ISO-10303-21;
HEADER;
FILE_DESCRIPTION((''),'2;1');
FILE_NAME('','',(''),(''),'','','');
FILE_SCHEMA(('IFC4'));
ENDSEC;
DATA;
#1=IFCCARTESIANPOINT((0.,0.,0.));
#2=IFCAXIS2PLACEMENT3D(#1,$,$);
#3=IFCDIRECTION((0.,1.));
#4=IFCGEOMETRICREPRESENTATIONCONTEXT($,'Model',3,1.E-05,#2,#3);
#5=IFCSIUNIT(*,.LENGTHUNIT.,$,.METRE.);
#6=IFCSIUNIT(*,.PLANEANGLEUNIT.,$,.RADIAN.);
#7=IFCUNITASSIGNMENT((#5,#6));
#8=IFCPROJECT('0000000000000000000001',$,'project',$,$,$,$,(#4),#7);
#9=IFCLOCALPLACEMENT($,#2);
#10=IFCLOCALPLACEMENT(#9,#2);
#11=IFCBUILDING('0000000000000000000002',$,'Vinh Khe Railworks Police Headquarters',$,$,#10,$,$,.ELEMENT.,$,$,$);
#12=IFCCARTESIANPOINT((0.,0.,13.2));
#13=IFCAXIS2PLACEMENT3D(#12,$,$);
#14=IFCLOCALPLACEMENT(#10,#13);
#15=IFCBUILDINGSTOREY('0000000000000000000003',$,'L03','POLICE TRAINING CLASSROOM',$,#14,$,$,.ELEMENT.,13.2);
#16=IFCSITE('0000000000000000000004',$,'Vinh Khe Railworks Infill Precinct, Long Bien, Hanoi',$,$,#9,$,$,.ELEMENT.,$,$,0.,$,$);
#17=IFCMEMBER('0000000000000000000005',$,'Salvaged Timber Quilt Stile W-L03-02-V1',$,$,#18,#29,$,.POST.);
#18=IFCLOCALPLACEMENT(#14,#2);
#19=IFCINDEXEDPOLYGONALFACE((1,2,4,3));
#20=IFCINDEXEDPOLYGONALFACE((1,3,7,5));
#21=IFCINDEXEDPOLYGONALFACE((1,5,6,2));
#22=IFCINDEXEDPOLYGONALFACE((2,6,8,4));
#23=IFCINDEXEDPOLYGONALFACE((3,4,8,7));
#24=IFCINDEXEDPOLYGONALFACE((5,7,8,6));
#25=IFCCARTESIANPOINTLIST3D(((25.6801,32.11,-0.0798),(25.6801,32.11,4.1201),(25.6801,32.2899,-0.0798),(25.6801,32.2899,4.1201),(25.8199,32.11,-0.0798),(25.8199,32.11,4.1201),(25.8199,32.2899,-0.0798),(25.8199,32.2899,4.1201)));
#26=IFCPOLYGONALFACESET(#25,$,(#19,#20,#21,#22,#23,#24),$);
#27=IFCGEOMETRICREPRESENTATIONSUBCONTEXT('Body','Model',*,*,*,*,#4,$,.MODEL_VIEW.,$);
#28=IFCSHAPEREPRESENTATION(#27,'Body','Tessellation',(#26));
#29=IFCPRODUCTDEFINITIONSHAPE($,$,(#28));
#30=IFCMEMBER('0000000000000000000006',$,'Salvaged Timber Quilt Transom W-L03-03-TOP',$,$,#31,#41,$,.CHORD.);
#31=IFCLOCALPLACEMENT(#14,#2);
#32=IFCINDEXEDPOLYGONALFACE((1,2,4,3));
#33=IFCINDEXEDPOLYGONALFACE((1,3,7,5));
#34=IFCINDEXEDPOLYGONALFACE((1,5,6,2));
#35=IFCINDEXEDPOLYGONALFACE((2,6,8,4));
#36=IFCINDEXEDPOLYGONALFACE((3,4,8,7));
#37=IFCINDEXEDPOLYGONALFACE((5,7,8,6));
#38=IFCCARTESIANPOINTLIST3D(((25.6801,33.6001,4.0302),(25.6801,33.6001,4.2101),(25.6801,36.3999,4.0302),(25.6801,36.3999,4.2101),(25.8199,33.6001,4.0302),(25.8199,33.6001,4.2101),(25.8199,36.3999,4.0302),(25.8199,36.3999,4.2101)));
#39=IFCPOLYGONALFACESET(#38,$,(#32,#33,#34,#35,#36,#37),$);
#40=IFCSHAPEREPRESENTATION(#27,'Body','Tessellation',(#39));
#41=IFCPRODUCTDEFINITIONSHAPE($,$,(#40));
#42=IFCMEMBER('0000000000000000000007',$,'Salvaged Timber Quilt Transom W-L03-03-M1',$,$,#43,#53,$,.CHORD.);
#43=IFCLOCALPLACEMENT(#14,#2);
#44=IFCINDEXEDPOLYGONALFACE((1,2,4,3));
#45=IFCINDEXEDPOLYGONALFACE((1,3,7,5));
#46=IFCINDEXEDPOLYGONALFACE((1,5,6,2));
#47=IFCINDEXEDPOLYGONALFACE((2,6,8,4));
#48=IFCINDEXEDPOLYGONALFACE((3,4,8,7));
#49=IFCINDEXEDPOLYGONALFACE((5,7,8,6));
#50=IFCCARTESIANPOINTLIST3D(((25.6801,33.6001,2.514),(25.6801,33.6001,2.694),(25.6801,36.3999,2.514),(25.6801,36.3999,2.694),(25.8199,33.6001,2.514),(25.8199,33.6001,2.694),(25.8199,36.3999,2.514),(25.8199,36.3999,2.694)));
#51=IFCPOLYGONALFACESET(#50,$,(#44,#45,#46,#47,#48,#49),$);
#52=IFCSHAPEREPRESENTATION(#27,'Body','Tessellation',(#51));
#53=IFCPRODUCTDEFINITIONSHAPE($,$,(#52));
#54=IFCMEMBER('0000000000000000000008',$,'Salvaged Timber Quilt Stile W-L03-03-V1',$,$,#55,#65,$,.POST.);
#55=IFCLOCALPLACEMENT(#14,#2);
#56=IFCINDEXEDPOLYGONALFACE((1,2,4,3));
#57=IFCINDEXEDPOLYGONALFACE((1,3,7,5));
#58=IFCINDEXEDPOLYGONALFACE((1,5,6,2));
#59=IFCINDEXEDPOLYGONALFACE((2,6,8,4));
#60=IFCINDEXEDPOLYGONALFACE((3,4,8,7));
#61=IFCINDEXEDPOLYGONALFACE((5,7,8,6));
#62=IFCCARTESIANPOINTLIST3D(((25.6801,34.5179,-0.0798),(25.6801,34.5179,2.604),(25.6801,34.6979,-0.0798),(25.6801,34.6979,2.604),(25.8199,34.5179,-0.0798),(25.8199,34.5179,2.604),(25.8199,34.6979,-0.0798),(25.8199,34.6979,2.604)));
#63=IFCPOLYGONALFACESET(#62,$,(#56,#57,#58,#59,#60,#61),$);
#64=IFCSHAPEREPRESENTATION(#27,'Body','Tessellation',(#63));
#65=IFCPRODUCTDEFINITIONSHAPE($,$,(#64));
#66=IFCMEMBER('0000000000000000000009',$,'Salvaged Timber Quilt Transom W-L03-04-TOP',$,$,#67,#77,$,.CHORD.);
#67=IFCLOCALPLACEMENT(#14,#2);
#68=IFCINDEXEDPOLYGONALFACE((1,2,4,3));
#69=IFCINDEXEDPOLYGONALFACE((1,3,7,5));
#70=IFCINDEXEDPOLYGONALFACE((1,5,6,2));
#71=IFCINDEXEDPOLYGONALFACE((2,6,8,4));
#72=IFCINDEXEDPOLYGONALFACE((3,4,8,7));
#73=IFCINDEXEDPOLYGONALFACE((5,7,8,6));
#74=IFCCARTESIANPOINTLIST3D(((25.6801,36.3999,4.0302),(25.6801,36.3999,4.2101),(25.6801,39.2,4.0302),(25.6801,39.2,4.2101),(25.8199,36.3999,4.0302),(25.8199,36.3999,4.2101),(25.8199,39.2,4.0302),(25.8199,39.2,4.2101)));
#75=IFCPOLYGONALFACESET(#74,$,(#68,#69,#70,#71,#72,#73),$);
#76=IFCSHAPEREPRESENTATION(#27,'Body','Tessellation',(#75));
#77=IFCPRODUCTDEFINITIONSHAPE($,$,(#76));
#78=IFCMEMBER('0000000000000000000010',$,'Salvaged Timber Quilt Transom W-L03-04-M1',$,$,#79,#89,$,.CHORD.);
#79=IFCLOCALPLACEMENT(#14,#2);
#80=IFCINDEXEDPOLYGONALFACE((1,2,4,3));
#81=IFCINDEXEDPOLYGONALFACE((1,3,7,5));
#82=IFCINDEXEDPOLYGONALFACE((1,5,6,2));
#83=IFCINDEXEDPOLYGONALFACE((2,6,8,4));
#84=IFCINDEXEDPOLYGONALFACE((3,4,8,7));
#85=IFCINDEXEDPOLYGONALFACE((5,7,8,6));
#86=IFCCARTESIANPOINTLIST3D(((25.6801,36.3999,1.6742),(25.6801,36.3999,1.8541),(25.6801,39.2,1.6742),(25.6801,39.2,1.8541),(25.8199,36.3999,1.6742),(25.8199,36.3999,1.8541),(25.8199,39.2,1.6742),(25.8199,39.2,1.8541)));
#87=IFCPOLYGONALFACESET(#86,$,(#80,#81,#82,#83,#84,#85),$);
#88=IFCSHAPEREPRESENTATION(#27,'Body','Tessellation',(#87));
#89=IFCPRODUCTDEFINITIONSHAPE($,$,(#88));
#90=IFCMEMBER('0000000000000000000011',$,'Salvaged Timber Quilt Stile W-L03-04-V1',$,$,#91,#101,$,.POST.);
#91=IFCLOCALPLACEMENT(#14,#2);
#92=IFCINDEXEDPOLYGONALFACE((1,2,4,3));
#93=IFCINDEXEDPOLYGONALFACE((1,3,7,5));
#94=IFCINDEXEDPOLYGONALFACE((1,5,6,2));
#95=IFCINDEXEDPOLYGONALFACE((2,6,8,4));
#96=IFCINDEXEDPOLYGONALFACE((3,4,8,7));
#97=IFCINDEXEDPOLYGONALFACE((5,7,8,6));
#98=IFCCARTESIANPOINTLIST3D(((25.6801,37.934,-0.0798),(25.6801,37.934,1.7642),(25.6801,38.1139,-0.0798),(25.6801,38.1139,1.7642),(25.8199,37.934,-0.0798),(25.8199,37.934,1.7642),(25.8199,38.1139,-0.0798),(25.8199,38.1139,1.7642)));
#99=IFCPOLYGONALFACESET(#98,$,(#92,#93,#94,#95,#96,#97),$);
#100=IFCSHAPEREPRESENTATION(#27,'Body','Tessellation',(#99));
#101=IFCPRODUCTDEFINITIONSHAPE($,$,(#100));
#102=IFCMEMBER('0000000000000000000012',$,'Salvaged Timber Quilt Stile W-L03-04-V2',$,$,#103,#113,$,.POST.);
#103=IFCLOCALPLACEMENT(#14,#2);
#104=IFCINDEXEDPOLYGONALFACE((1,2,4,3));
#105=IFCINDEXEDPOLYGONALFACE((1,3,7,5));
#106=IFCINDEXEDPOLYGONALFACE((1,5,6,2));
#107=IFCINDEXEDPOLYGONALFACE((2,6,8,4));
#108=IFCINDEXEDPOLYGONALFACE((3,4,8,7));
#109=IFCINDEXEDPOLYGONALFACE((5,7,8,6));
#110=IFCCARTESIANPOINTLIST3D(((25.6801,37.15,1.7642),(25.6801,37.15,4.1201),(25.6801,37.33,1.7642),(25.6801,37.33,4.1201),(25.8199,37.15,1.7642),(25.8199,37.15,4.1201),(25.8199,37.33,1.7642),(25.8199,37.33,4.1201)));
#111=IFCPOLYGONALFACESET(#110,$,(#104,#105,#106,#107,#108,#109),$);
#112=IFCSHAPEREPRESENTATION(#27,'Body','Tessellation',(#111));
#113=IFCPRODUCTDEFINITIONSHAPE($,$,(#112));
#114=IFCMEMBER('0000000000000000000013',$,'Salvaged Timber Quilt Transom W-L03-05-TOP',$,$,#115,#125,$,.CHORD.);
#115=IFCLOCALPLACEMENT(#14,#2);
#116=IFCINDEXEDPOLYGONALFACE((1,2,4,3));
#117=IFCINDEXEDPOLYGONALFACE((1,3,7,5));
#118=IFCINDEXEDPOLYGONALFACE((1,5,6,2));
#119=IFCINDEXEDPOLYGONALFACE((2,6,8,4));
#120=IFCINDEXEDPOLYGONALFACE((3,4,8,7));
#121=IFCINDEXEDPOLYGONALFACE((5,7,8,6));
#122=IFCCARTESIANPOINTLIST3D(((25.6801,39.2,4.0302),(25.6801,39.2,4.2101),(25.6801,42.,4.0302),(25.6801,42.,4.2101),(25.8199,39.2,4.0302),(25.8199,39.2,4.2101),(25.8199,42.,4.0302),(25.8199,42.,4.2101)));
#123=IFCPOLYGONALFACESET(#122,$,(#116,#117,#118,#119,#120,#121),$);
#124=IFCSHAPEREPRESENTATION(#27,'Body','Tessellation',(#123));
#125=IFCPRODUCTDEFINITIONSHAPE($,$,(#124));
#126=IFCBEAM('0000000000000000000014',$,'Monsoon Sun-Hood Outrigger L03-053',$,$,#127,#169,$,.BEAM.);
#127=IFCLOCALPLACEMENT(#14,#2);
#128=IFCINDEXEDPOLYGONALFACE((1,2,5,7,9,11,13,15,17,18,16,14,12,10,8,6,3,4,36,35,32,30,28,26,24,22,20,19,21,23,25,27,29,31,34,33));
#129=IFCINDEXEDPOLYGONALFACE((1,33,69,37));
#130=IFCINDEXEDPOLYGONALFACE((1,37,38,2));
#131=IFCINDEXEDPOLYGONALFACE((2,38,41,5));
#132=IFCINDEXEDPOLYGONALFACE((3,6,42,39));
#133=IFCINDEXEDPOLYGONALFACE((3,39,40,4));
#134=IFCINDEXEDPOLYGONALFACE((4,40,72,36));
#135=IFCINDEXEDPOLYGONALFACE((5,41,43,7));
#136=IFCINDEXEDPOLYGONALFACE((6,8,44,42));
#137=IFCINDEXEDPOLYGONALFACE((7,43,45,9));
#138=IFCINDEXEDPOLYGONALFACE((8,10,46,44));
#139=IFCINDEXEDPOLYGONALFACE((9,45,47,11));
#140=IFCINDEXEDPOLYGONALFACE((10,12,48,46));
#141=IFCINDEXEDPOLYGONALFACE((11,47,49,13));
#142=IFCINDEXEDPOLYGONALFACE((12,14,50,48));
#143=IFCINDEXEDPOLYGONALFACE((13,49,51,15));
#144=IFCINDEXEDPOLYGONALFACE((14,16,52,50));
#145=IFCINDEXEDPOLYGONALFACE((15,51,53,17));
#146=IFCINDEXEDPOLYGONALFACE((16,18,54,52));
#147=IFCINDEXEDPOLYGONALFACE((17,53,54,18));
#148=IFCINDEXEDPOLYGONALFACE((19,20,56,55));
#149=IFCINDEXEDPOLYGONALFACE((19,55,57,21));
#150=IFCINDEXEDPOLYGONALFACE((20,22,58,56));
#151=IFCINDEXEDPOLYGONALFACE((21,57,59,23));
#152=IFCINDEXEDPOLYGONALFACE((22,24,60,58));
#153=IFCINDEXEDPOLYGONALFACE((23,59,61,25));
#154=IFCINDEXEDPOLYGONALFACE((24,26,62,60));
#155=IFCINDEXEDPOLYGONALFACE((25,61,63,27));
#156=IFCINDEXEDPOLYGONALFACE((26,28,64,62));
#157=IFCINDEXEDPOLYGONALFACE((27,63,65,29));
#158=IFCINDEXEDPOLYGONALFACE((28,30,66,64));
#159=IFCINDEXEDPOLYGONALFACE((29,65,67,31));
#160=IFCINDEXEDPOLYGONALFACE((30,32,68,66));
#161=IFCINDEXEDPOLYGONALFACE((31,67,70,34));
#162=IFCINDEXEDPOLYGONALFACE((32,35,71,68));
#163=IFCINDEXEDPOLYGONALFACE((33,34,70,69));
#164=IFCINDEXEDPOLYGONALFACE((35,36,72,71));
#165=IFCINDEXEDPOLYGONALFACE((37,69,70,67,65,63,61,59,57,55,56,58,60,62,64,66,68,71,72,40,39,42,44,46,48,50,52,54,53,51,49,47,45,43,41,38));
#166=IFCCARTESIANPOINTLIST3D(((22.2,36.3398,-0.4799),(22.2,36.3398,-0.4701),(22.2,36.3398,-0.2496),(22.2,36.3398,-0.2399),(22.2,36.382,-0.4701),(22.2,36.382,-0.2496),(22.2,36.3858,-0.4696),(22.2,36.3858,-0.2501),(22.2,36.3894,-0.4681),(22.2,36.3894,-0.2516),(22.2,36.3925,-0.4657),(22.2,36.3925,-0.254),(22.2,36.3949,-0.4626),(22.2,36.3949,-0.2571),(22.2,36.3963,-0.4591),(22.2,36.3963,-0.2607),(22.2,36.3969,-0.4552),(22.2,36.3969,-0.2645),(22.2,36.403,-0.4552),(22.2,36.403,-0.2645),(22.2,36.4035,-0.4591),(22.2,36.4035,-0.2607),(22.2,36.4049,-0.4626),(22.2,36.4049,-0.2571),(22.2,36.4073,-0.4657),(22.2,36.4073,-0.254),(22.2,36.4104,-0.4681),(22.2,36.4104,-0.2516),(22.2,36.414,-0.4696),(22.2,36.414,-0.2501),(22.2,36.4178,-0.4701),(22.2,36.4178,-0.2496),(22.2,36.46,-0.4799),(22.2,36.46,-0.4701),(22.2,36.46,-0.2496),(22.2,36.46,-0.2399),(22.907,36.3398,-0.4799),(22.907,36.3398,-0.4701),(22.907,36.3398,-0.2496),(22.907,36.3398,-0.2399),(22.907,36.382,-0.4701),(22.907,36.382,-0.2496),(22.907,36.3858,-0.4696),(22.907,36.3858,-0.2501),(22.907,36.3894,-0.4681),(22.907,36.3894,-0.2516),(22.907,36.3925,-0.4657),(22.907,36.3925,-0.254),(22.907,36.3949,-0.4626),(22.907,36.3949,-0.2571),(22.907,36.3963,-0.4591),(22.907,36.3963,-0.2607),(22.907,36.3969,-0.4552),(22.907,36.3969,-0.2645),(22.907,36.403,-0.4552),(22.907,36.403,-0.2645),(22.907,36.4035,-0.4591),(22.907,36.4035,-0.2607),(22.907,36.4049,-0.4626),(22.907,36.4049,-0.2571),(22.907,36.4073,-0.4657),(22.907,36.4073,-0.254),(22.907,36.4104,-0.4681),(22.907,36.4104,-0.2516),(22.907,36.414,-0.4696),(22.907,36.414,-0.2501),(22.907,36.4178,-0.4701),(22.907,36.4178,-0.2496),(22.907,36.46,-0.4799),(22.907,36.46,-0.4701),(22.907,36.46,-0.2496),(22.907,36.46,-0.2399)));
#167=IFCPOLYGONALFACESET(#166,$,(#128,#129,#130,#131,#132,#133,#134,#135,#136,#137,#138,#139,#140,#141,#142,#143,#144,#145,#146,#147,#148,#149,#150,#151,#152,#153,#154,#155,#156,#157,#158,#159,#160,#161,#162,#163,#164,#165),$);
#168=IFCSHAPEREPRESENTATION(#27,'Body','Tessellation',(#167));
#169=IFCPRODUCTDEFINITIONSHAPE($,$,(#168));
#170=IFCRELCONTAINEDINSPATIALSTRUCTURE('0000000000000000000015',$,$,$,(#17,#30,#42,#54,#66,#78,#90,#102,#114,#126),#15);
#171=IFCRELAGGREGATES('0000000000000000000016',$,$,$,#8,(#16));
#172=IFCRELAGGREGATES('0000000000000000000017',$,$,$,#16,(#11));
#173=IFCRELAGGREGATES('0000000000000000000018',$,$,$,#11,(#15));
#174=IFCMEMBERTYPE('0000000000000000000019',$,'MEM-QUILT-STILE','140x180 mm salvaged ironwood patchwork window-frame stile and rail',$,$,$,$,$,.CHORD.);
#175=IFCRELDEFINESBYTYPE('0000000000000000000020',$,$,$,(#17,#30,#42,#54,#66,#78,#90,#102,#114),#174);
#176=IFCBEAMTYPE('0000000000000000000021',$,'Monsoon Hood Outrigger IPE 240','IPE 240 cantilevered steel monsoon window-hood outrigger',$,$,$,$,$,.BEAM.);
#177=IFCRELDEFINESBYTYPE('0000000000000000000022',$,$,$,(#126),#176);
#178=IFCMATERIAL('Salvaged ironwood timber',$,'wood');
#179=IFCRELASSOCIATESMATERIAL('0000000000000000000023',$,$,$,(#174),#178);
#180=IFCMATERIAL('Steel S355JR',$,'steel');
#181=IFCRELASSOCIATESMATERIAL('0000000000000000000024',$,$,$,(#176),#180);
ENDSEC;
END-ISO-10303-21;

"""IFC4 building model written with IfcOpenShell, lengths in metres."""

from ifc_helpers import new_model, si_unit, direction, frame, origin, origin_2d, place, context, subcontext, project, spatial, rectangle, i_section, extrude, material, material_profile, profile_set, type_object, element, save


model = new_model("IFC4")

# Units and contexts
model_context = context("Model", 3, precision=1e-05, world=origin(), true_north=direction((0.0, 1.0)))
body_context = subcontext(model_context, "Body", "Model", "MODEL_VIEW")
ifc_project = project(units=[si_unit("LENGTHUNIT", "METRE"), si_unit("PLANEANGLEUNIT", "RADIAN")], contexts=[model_context])

# Site, building, storey
site_placement = place(None, origin())
site = spatial("IfcSite", under=ifc_project, at=site_placement, Name="Vinh Khe Railworks Infill Precinct, Long Bien, Hanoi", CompositionType="ELEMENT", RefElevation=0.0)
building_placement = place(site_placement, origin())
building = spatial("IfcBuilding", under=site, at=building_placement, Name="Vinh Khe Railworks Police Headquarters", CompositionType="ELEMENT")
storey_placement = place(building_placement, frame((0.0, 0.0, 13.2)))
storey = spatial("IfcBuildingStorey", under=building, at=storey_placement, Name="L03", Description="POLICE TRAINING CLASSROOM", CompositionType="ELEMENT", Elevation=13.2)

# Shared definitions
ifc_material_1 = material(Name="Steel S355JR", Category="steel")

# Members
ifc_material_2 = material(Name="Salvaged ironwood timber", Category="wood")
ifc_material_profile_1 = material_profile(ifc_material_2, rectangle(XDim=0.1399, YDim=0.1799, at=origin_2d()), Name="TIMBER 140x180")
ifc_profile_set_1 = profile_set([ifc_material_profile_1], Name="Salvaged ironwood timber")
member_type = type_object("IfcMemberType", Name="MEM-QUILT-STILE", Description="140x180 mm salvaged ironwood patchwork window-frame stile and rail", PredefinedType="CHORD", material=ifc_profile_set_1)
member_1_placement = place(storey_placement, frame((25.75, 32.2, -0.0798), z_axis=(0.0, 0.0, 1.0), x_axis=(1.0, 0.0, 0.0)))
element("IfcMember", 1, at=member_1_placement, inside=storey, type_object=member_type, Name="Salvaged Timber Quilt Stile W-L03-02-V1", PredefinedType="POST", context=body_context, shape_type="SweptSolid", body=[
    extrude(rectangle(XDim=0.1399, YDim=0.1799, at=origin_2d()), origin(), (0.0, 0.0, 1.0), 4.2),
])
for number, where, z_axis, x_axis, name in (
    (2, (25.75, 33.6001, 4.1201), (0.0, 1.0, 0.0), (-1.0, 0.0, 0.0), "Salvaged Timber Quilt Transom W-L03-03-TOP"),
    (3, (25.75, 33.6001, 2.604), (0.0, 1.0, 0.0), (-1.0, 0.0, 0.0), "Salvaged Timber Quilt Transom W-L03-03-M1"),
):
    element("IfcMember", number, at=place(storey_placement, frame(where, z_axis=z_axis, x_axis=x_axis)), inside=storey, type_object=member_type, Name=name, PredefinedType="CHORD", context=body_context, shape_type="SweptSolid", body=[
        extrude(rectangle(XDim=0.1399, YDim=0.1799, at=origin_2d()), origin(), (0.0, 0.0, 1.0), 2.7998),
    ])
member_2_placement = place(storey_placement, frame((25.75, 34.6079, -0.0798), z_axis=(0.0, 0.0, 1.0), x_axis=(1.0, 0.0, 0.0)))
element("IfcMember", 4, at=member_2_placement, inside=storey, type_object=member_type, Name="Salvaged Timber Quilt Stile W-L03-03-V1", PredefinedType="POST", context=body_context, shape_type="SweptSolid", body=[
    extrude(rectangle(XDim=0.1399, YDim=0.1799, at=origin_2d()), origin(), (0.0, 0.0, 1.0), 2.6838),
])
for number, where, z_axis, x_axis, name in (
    (5, (25.75, 36.3999, 4.1201), (0.0, 1.0, 0.0), (-1.0, 0.0, 0.0), "Salvaged Timber Quilt Transom W-L03-04-TOP"),
    (6, (25.75, 36.3999, 1.7642), (0.0, 1.0, 0.0), (-1.0, 0.0, 0.0), "Salvaged Timber Quilt Transom W-L03-04-M1"),
):
    element("IfcMember", number, at=place(storey_placement, frame(where, z_axis=z_axis, x_axis=x_axis)), inside=storey, type_object=member_type, Name=name, PredefinedType="CHORD", context=body_context, shape_type="SweptSolid", body=[
        extrude(rectangle(XDim=0.1399, YDim=0.1799, at=origin_2d()), origin(), (0.0, 0.0, 1.0), 2.8),
    ])
member_3_placement = place(storey_placement, frame((25.75, 38.0239, -0.0798), z_axis=(0.0, 0.0, 1.0), x_axis=(1.0, 0.0, 0.0)))
element("IfcMember", 7, at=member_3_placement, inside=storey, type_object=member_type, Name="Salvaged Timber Quilt Stile W-L03-04-V1", PredefinedType="POST", context=body_context, shape_type="SweptSolid", body=[
    extrude(rectangle(XDim=0.1399, YDim=0.1799, at=origin_2d()), origin(), (0.0, 0.0, 1.0), 1.844),
])
member_4_placement = place(storey_placement, frame((25.75, 37.24, 1.7642), z_axis=(0.0, 0.0, 1.0), x_axis=(1.0, 0.0, 0.0)))
element("IfcMember", 8, at=member_4_placement, inside=storey, type_object=member_type, Name="Salvaged Timber Quilt Stile W-L03-04-V2", PredefinedType="POST", context=body_context, shape_type="SweptSolid", body=[
    extrude(rectangle(XDim=0.1399, YDim=0.1799, at=origin_2d()), origin(), (0.0, 0.0, 1.0), 2.356),
])
member_5_placement = place(storey_placement, frame((25.75, 39.2, 4.1201), z_axis=(0.0, 1.0, 0.0), x_axis=(-1.0, 0.0, 0.0)))
element("IfcMember", 9, at=member_5_placement, inside=storey, type_object=member_type, Name="Salvaged Timber Quilt Transom W-L03-05-TOP", PredefinedType="CHORD", context=body_context, shape_type="SweptSolid", body=[
    extrude(rectangle(XDim=0.1399, YDim=0.1799, at=origin_2d()), origin(), (0.0, 0.0, 1.0), 2.8),
])

# Beam
ifc_material_profile_2 = material_profile(ifc_material_1, i_section(OverallWidth=0.1201, OverallDepth=0.24, WebThickness=0.0061, FlangeThickness=0.0098, FilletRadius=0.0149, at=origin_2d()), Name="IPE 240")
ifc_profile_set_2 = profile_set([ifc_material_profile_2], Name="Steel S355JR")
beam_type_1 = type_object("IfcBeamType", Name="Monsoon Hood Outrigger IPE 240", Description="IPE 240 cantilevered steel monsoon window-hood outrigger", PredefinedType="BEAM", material=ifc_profile_set_2)
beam_1_placement = place(storey_placement, frame((22.2, 36.3999, -0.3599), z_axis=(1.0, 0.0, 0.0), x_axis=(0.0, 1.0, 0.0)))
element("IfcBeam", 10, at=beam_1_placement, inside=storey, type_object=beam_type_1, Name="Monsoon Sun-Hood Outrigger L03-053", PredefinedType="BEAM", context=body_context, shape_type="SweptSolid", body=[
    extrude(i_section(OverallWidth=0.1201, OverallDepth=0.24, WebThickness=0.0061, FlangeThickness=0.0098, FilletRadius=0.0149, at=origin_2d()), origin(), (0.0, 0.0, 1.0), 0.707),
])

save(model, "model.ifc")
